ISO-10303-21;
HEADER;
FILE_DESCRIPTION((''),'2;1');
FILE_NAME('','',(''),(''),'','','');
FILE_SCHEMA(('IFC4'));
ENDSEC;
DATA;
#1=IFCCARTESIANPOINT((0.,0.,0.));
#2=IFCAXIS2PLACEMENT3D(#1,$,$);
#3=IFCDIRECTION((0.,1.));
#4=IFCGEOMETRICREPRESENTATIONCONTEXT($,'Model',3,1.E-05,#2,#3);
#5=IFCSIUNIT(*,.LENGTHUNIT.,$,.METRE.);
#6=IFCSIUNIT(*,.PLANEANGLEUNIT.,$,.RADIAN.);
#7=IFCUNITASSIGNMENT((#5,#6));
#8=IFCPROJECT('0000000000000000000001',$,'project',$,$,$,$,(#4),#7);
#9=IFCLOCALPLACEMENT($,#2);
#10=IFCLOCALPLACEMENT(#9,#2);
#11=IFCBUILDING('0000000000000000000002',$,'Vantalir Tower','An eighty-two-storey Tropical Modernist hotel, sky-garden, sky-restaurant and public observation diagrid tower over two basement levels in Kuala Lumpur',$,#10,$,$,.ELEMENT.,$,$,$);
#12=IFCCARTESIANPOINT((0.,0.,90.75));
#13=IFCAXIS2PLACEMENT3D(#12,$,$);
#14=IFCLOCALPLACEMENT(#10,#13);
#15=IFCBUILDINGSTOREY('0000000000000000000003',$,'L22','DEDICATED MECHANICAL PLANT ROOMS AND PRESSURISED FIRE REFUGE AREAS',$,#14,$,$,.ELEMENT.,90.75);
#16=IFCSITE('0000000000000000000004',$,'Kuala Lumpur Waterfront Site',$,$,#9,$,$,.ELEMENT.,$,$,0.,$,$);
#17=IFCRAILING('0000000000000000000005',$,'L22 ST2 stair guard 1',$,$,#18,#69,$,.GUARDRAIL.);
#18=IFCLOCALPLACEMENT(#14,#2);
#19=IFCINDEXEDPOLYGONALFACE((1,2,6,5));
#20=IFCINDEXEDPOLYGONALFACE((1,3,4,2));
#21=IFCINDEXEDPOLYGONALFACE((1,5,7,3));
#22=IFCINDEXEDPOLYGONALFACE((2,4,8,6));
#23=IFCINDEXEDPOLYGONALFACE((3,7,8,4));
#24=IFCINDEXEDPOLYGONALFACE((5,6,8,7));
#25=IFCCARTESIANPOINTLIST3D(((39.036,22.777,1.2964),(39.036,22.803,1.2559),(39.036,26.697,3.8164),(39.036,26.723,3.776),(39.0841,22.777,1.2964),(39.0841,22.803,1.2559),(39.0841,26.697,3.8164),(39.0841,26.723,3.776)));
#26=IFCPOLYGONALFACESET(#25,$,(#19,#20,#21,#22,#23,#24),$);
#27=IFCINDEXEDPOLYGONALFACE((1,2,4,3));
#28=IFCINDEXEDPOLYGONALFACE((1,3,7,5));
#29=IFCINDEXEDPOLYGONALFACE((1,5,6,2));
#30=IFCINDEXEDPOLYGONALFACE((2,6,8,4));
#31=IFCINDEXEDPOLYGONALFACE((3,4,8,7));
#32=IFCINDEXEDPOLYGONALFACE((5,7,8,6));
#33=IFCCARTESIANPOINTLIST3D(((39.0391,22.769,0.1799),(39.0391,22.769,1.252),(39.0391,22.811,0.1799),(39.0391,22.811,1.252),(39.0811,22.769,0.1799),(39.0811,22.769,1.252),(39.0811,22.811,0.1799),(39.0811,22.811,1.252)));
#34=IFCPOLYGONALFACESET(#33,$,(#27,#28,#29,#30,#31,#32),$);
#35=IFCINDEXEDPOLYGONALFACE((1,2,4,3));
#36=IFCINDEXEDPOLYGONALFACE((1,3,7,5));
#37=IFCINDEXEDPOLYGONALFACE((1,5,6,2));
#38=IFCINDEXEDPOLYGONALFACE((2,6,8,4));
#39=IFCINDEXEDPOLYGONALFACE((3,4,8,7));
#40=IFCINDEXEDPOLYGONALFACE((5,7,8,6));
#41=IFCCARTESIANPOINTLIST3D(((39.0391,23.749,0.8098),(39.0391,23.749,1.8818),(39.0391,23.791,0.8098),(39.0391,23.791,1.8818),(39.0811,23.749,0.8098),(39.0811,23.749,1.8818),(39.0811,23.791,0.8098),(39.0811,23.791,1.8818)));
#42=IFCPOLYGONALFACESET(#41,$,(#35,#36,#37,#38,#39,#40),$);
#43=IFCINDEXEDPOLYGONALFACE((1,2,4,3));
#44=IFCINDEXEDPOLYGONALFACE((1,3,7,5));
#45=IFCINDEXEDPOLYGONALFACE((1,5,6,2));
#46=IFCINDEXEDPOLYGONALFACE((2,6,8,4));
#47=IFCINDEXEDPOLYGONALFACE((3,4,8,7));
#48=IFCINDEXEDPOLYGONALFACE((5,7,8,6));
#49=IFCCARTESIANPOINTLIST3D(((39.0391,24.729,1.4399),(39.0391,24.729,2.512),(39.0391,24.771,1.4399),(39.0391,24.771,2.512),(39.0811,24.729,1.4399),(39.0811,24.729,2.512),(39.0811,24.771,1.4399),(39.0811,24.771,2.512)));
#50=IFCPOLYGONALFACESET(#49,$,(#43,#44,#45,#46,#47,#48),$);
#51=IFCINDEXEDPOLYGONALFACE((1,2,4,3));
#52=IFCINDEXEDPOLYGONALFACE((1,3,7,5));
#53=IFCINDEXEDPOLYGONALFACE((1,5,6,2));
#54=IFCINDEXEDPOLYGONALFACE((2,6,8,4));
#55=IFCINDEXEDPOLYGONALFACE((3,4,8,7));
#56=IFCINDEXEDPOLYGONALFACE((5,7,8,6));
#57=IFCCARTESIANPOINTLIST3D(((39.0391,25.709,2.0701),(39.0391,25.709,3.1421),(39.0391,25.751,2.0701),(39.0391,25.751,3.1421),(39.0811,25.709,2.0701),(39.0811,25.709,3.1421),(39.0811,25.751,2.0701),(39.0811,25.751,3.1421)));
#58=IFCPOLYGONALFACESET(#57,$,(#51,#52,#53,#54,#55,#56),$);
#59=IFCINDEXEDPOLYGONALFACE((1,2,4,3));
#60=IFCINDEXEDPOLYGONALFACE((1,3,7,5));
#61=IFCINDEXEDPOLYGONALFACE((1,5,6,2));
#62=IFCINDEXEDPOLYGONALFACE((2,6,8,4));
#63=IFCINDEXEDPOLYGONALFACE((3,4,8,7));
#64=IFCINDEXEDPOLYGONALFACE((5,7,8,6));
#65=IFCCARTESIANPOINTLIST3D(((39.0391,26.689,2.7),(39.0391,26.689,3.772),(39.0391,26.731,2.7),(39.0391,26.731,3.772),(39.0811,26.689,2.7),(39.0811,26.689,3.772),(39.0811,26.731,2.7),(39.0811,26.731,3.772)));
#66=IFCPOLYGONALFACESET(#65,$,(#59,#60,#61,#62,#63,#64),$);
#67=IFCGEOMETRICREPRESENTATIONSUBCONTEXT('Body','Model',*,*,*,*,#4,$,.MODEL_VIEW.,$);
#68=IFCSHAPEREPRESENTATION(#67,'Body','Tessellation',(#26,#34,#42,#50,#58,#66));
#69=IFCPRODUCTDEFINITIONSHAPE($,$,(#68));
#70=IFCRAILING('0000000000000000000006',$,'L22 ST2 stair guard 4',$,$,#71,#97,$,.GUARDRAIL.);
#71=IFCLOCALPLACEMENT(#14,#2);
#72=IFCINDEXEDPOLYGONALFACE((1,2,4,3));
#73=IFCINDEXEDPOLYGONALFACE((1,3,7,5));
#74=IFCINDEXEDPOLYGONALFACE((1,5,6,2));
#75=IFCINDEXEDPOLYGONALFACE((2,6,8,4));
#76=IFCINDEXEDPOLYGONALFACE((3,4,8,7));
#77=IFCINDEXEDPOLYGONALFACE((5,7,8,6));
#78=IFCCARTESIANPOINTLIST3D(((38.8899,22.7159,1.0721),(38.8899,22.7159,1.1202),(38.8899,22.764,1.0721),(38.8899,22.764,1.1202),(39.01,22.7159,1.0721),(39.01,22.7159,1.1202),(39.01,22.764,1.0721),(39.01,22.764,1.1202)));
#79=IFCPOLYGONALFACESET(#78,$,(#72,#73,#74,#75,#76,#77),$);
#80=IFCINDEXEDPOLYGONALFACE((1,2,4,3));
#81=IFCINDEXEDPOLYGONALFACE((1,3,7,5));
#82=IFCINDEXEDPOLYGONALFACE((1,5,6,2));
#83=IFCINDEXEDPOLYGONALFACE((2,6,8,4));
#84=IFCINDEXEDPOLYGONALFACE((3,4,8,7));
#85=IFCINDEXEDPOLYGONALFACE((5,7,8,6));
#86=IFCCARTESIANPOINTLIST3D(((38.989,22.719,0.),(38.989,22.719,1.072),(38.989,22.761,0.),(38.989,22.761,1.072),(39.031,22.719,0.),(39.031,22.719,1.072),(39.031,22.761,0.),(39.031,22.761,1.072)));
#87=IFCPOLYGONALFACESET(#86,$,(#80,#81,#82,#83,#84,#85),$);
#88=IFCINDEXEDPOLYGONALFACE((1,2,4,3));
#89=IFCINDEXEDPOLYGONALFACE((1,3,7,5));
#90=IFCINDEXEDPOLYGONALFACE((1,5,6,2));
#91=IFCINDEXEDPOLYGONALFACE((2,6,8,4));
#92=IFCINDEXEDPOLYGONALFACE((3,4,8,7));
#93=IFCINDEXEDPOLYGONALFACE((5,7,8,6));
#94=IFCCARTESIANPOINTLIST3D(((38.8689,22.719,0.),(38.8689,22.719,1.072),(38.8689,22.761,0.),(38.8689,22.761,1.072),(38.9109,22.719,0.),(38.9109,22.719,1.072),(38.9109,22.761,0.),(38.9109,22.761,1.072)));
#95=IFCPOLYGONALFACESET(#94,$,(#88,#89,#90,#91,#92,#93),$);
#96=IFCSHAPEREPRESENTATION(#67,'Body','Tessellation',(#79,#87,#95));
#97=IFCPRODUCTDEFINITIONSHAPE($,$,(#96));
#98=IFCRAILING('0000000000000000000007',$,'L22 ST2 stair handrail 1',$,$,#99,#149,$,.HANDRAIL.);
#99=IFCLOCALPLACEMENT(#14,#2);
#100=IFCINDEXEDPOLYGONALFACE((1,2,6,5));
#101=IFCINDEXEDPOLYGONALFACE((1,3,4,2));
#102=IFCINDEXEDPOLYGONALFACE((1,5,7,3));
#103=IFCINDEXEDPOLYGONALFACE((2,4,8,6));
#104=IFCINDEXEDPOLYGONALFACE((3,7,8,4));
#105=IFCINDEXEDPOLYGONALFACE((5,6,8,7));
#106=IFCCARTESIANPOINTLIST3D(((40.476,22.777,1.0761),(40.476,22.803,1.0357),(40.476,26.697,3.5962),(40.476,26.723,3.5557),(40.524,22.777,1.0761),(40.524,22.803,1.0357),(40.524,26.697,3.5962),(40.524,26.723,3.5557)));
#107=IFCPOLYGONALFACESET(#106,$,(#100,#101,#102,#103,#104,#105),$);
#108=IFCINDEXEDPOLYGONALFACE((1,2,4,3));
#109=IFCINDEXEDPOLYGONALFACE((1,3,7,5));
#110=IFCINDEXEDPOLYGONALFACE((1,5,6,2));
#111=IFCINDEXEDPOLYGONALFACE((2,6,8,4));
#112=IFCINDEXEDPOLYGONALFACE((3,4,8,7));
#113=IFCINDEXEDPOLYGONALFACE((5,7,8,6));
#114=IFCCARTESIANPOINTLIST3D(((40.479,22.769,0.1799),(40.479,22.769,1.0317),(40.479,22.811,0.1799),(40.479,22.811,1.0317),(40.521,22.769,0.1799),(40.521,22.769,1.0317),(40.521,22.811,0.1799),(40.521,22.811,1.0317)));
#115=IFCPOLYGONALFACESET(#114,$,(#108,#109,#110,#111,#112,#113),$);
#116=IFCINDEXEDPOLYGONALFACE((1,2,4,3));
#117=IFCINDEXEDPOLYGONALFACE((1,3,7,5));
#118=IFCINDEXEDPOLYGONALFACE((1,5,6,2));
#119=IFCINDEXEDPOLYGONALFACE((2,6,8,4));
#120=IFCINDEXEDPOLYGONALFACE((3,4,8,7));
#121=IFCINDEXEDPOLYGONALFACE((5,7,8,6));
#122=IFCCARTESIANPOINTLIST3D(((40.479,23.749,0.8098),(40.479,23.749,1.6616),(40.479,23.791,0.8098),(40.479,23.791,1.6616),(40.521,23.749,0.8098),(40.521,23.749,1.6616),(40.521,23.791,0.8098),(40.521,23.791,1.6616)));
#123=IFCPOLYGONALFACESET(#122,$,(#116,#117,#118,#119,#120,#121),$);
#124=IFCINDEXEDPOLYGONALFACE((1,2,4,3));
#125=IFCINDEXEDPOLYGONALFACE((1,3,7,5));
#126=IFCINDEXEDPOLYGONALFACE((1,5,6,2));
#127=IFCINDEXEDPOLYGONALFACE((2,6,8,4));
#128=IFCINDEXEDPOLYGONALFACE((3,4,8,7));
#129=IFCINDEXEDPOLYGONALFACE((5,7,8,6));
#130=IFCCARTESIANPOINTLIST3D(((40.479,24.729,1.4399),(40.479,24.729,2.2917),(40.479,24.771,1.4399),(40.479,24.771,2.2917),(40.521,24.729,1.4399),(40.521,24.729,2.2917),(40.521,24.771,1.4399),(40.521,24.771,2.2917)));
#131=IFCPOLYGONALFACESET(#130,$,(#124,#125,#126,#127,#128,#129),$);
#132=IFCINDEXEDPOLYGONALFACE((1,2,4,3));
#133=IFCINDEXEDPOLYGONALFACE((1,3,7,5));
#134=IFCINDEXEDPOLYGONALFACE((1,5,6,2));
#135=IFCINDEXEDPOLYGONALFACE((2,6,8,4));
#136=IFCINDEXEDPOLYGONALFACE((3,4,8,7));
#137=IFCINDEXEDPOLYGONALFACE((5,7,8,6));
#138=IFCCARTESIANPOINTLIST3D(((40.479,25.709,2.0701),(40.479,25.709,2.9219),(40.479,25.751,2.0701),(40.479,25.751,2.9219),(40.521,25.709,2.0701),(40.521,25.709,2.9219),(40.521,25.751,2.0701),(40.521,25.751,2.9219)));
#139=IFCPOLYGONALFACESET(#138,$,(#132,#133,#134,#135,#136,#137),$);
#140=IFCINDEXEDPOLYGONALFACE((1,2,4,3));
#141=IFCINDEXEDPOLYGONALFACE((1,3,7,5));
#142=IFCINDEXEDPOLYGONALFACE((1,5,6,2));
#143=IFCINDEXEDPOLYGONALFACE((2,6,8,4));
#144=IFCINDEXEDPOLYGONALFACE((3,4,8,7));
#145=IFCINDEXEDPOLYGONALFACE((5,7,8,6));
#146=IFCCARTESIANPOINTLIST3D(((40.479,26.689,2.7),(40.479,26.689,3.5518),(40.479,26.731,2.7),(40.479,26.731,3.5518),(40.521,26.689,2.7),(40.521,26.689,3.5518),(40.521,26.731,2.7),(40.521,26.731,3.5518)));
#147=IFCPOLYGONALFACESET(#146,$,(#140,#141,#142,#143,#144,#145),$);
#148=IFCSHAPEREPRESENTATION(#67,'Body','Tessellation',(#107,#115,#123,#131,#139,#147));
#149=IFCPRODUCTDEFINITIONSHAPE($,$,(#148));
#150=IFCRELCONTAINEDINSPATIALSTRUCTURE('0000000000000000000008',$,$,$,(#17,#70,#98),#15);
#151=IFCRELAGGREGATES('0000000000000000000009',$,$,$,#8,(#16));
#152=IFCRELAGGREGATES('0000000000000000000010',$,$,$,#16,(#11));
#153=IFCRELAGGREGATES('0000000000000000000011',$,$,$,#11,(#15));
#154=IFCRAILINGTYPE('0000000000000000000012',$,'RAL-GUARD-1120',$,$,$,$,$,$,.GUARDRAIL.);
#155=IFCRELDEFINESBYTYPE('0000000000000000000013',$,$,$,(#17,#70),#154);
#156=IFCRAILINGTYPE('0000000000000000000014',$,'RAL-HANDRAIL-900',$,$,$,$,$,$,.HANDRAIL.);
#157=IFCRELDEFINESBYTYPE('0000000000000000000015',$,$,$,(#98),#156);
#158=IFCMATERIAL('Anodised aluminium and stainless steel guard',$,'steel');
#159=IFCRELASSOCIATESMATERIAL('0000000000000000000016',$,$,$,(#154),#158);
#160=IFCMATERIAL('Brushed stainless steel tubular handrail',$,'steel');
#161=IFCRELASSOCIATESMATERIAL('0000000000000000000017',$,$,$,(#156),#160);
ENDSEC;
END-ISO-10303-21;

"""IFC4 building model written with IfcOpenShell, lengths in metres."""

from ifc_helpers import new_model, si_unit, direction, frame, origin, origin_2d, place, context, subcontext, project, spatial, rectangle, extrude, material, type_object, element, save


model = new_model("IFC4")

# Units and contexts
model_context = context("Model", 3, precision=1e-05, world=origin(), true_north=direction((0.0, 1.0)))
body_context = subcontext(model_context, "Body", "Model", "MODEL_VIEW")
ifc_project = project(units=[si_unit("LENGTHUNIT", "METRE"), si_unit("PLANEANGLEUNIT", "RADIAN")], contexts=[model_context])

# Site, building, storey
site_placement = place(None, origin())
site = spatial("IfcSite", under=ifc_project, at=site_placement, Name="Kuala Lumpur Waterfront Site", CompositionType="ELEMENT", RefElevation=0.0)
building_placement = place(site_placement, origin())
building = spatial("IfcBuilding", under=site, at=building_placement, Name="Vantalir Tower", Description="An eighty-two-storey Tropical Modernist hotel, sky-garden, sky-restaurant and public observation diagrid tower over two basement levels in Kuala Lumpur", CompositionType="ELEMENT")
storey_placement = place(building_placement, frame((0.0, 0.0, 90.75)))
storey = spatial("IfcBuildingStorey", under=building, at=storey_placement, Name="L22", Description="DEDICATED MECHANICAL PLANT ROOMS AND PRESSURISED FIRE REFUGE AREAS", CompositionType="ELEMENT", Elevation=90.75)

# Railings
ifc_material_1 = material(Name="Anodised aluminium and stainless steel guard", Category="steel")
railing_type_1 = type_object("IfcRailingType", Name="RAL-GUARD-1120", PredefinedType="GUARDRAIL", material=ifc_material_1)
railing_1_placement = place(storey_placement, frame((39.0601, 22.79, 0.1799)))
element("IfcRailing", 1, at=railing_1_placement, inside=storey, type_object=railing_type_1, Name="L22 ST2 stair guard 1", PredefinedType="GUARDRAIL", context=body_context, shape_type="SweptSolid", body=[
    extrude(rectangle(XDim=0.0481, YDim=0.0481, at=origin_2d()), frame((0.0, 0.0, 1.0962), z_axis=(0.0, 0.841172, 0.540768), x_axis=(-1.0, 0.0, 0.0)), (0.0, 0.0, 1.0), 4.6602),
    extrude(rectangle(XDim=0.042, YDim=0.042, at=origin_2d()), origin(), (0.0, 0.0, 1.0), 1.072),
    extrude(rectangle(XDim=0.042, YDim=0.042, at=origin_2d()), frame((0.0, 0.98, 0.6299)), (0.0, 0.0, 1.0), 1.072),
    extrude(rectangle(XDim=0.042, YDim=0.042, at=origin_2d()), frame((0.0, 1.96, 1.26)), (0.0, 0.0, 1.0), 1.072),
    extrude(rectangle(XDim=0.042, YDim=0.042, at=origin_2d()), frame((0.0, 2.9399, 1.8901)), (0.0, 0.0, 1.0), 1.072),
    extrude(rectangle(XDim=0.042, YDim=0.042, at=origin_2d()), frame((0.0, 3.9199, 2.52)), (0.0, 0.0, 1.0), 1.072),
])
railing_2_placement = place(storey_placement, frame((39.01, 22.74, 0.0)))
element("IfcRailing", 2, at=railing_2_placement, inside=storey, type_object=railing_type_1, Name="L22 ST2 stair guard 4", PredefinedType="GUARDRAIL", context=body_context, shape_type="SweptSolid", body=[
    extrude(rectangle(XDim=0.0481, YDim=0.0481, at=origin_2d()), frame((0.0, 0.0, 1.0962), z_axis=(-1.0, 0.0, 0.0), x_axis=(0.0, -1.0, 0.0)), (0.0, 0.0, 1.0), 0.1201),
    extrude(rectangle(XDim=0.042, YDim=0.042, at=origin_2d()), origin(), (0.0, 0.0, 1.0), 1.072),
    extrude(rectangle(XDim=0.042, YDim=0.042, at=origin_2d()), frame((-0.1201, 0.0, 0.0)), (0.0, 0.0, 1.0), 1.072),
])
ifc_material_2 = material(Name="Brushed stainless steel tubular handrail", Category="steel")
railing_type_2 = type_object("IfcRailingType", Name="RAL-HANDRAIL-900", PredefinedType="HANDRAIL", material=ifc_material_2)
railing_3_placement = place(storey_placement, frame((40.5, 22.79, 0.1799)))
element("IfcRailing", 3, at=railing_3_placement, inside=storey, type_object=railing_type_2, Name="L22 ST2 stair handrail 1", PredefinedType="HANDRAIL", context=body_context, shape_type="SweptSolid", body=[
    extrude(rectangle(XDim=0.0481, YDim=0.0481, at=origin_2d()), frame((0.0, 0.0, 0.876), z_axis=(0.0, 0.841172, 0.540768), x_axis=(-1.0, 0.0, 0.0)), (0.0, 0.0, 1.0), 4.6602),
    extrude(rectangle(XDim=0.042, YDim=0.042, at=origin_2d()), origin(), (0.0, 0.0, 1.0), 0.8518),
    extrude(rectangle(XDim=0.042, YDim=0.042, at=origin_2d()), frame((0.0, 0.98, 0.6299)), (0.0, 0.0, 1.0), 0.8518),
    extrude(rectangle(XDim=0.042, YDim=0.042, at=origin_2d()), frame((0.0, 1.96, 1.26)), (0.0, 0.0, 1.0), 0.8518),
    extrude(rectangle(XDim=0.042, YDim=0.042, at=origin_2d()), frame((0.0, 2.9399, 1.8901)), (0.0, 0.0, 1.0), 0.8518),
    extrude(rectangle(XDim=0.042, YDim=0.042, at=origin_2d()), frame((0.0, 3.9199, 2.52)), (0.0, 0.0, 1.0), 0.8518),
])

save(model, "model.ifc")
